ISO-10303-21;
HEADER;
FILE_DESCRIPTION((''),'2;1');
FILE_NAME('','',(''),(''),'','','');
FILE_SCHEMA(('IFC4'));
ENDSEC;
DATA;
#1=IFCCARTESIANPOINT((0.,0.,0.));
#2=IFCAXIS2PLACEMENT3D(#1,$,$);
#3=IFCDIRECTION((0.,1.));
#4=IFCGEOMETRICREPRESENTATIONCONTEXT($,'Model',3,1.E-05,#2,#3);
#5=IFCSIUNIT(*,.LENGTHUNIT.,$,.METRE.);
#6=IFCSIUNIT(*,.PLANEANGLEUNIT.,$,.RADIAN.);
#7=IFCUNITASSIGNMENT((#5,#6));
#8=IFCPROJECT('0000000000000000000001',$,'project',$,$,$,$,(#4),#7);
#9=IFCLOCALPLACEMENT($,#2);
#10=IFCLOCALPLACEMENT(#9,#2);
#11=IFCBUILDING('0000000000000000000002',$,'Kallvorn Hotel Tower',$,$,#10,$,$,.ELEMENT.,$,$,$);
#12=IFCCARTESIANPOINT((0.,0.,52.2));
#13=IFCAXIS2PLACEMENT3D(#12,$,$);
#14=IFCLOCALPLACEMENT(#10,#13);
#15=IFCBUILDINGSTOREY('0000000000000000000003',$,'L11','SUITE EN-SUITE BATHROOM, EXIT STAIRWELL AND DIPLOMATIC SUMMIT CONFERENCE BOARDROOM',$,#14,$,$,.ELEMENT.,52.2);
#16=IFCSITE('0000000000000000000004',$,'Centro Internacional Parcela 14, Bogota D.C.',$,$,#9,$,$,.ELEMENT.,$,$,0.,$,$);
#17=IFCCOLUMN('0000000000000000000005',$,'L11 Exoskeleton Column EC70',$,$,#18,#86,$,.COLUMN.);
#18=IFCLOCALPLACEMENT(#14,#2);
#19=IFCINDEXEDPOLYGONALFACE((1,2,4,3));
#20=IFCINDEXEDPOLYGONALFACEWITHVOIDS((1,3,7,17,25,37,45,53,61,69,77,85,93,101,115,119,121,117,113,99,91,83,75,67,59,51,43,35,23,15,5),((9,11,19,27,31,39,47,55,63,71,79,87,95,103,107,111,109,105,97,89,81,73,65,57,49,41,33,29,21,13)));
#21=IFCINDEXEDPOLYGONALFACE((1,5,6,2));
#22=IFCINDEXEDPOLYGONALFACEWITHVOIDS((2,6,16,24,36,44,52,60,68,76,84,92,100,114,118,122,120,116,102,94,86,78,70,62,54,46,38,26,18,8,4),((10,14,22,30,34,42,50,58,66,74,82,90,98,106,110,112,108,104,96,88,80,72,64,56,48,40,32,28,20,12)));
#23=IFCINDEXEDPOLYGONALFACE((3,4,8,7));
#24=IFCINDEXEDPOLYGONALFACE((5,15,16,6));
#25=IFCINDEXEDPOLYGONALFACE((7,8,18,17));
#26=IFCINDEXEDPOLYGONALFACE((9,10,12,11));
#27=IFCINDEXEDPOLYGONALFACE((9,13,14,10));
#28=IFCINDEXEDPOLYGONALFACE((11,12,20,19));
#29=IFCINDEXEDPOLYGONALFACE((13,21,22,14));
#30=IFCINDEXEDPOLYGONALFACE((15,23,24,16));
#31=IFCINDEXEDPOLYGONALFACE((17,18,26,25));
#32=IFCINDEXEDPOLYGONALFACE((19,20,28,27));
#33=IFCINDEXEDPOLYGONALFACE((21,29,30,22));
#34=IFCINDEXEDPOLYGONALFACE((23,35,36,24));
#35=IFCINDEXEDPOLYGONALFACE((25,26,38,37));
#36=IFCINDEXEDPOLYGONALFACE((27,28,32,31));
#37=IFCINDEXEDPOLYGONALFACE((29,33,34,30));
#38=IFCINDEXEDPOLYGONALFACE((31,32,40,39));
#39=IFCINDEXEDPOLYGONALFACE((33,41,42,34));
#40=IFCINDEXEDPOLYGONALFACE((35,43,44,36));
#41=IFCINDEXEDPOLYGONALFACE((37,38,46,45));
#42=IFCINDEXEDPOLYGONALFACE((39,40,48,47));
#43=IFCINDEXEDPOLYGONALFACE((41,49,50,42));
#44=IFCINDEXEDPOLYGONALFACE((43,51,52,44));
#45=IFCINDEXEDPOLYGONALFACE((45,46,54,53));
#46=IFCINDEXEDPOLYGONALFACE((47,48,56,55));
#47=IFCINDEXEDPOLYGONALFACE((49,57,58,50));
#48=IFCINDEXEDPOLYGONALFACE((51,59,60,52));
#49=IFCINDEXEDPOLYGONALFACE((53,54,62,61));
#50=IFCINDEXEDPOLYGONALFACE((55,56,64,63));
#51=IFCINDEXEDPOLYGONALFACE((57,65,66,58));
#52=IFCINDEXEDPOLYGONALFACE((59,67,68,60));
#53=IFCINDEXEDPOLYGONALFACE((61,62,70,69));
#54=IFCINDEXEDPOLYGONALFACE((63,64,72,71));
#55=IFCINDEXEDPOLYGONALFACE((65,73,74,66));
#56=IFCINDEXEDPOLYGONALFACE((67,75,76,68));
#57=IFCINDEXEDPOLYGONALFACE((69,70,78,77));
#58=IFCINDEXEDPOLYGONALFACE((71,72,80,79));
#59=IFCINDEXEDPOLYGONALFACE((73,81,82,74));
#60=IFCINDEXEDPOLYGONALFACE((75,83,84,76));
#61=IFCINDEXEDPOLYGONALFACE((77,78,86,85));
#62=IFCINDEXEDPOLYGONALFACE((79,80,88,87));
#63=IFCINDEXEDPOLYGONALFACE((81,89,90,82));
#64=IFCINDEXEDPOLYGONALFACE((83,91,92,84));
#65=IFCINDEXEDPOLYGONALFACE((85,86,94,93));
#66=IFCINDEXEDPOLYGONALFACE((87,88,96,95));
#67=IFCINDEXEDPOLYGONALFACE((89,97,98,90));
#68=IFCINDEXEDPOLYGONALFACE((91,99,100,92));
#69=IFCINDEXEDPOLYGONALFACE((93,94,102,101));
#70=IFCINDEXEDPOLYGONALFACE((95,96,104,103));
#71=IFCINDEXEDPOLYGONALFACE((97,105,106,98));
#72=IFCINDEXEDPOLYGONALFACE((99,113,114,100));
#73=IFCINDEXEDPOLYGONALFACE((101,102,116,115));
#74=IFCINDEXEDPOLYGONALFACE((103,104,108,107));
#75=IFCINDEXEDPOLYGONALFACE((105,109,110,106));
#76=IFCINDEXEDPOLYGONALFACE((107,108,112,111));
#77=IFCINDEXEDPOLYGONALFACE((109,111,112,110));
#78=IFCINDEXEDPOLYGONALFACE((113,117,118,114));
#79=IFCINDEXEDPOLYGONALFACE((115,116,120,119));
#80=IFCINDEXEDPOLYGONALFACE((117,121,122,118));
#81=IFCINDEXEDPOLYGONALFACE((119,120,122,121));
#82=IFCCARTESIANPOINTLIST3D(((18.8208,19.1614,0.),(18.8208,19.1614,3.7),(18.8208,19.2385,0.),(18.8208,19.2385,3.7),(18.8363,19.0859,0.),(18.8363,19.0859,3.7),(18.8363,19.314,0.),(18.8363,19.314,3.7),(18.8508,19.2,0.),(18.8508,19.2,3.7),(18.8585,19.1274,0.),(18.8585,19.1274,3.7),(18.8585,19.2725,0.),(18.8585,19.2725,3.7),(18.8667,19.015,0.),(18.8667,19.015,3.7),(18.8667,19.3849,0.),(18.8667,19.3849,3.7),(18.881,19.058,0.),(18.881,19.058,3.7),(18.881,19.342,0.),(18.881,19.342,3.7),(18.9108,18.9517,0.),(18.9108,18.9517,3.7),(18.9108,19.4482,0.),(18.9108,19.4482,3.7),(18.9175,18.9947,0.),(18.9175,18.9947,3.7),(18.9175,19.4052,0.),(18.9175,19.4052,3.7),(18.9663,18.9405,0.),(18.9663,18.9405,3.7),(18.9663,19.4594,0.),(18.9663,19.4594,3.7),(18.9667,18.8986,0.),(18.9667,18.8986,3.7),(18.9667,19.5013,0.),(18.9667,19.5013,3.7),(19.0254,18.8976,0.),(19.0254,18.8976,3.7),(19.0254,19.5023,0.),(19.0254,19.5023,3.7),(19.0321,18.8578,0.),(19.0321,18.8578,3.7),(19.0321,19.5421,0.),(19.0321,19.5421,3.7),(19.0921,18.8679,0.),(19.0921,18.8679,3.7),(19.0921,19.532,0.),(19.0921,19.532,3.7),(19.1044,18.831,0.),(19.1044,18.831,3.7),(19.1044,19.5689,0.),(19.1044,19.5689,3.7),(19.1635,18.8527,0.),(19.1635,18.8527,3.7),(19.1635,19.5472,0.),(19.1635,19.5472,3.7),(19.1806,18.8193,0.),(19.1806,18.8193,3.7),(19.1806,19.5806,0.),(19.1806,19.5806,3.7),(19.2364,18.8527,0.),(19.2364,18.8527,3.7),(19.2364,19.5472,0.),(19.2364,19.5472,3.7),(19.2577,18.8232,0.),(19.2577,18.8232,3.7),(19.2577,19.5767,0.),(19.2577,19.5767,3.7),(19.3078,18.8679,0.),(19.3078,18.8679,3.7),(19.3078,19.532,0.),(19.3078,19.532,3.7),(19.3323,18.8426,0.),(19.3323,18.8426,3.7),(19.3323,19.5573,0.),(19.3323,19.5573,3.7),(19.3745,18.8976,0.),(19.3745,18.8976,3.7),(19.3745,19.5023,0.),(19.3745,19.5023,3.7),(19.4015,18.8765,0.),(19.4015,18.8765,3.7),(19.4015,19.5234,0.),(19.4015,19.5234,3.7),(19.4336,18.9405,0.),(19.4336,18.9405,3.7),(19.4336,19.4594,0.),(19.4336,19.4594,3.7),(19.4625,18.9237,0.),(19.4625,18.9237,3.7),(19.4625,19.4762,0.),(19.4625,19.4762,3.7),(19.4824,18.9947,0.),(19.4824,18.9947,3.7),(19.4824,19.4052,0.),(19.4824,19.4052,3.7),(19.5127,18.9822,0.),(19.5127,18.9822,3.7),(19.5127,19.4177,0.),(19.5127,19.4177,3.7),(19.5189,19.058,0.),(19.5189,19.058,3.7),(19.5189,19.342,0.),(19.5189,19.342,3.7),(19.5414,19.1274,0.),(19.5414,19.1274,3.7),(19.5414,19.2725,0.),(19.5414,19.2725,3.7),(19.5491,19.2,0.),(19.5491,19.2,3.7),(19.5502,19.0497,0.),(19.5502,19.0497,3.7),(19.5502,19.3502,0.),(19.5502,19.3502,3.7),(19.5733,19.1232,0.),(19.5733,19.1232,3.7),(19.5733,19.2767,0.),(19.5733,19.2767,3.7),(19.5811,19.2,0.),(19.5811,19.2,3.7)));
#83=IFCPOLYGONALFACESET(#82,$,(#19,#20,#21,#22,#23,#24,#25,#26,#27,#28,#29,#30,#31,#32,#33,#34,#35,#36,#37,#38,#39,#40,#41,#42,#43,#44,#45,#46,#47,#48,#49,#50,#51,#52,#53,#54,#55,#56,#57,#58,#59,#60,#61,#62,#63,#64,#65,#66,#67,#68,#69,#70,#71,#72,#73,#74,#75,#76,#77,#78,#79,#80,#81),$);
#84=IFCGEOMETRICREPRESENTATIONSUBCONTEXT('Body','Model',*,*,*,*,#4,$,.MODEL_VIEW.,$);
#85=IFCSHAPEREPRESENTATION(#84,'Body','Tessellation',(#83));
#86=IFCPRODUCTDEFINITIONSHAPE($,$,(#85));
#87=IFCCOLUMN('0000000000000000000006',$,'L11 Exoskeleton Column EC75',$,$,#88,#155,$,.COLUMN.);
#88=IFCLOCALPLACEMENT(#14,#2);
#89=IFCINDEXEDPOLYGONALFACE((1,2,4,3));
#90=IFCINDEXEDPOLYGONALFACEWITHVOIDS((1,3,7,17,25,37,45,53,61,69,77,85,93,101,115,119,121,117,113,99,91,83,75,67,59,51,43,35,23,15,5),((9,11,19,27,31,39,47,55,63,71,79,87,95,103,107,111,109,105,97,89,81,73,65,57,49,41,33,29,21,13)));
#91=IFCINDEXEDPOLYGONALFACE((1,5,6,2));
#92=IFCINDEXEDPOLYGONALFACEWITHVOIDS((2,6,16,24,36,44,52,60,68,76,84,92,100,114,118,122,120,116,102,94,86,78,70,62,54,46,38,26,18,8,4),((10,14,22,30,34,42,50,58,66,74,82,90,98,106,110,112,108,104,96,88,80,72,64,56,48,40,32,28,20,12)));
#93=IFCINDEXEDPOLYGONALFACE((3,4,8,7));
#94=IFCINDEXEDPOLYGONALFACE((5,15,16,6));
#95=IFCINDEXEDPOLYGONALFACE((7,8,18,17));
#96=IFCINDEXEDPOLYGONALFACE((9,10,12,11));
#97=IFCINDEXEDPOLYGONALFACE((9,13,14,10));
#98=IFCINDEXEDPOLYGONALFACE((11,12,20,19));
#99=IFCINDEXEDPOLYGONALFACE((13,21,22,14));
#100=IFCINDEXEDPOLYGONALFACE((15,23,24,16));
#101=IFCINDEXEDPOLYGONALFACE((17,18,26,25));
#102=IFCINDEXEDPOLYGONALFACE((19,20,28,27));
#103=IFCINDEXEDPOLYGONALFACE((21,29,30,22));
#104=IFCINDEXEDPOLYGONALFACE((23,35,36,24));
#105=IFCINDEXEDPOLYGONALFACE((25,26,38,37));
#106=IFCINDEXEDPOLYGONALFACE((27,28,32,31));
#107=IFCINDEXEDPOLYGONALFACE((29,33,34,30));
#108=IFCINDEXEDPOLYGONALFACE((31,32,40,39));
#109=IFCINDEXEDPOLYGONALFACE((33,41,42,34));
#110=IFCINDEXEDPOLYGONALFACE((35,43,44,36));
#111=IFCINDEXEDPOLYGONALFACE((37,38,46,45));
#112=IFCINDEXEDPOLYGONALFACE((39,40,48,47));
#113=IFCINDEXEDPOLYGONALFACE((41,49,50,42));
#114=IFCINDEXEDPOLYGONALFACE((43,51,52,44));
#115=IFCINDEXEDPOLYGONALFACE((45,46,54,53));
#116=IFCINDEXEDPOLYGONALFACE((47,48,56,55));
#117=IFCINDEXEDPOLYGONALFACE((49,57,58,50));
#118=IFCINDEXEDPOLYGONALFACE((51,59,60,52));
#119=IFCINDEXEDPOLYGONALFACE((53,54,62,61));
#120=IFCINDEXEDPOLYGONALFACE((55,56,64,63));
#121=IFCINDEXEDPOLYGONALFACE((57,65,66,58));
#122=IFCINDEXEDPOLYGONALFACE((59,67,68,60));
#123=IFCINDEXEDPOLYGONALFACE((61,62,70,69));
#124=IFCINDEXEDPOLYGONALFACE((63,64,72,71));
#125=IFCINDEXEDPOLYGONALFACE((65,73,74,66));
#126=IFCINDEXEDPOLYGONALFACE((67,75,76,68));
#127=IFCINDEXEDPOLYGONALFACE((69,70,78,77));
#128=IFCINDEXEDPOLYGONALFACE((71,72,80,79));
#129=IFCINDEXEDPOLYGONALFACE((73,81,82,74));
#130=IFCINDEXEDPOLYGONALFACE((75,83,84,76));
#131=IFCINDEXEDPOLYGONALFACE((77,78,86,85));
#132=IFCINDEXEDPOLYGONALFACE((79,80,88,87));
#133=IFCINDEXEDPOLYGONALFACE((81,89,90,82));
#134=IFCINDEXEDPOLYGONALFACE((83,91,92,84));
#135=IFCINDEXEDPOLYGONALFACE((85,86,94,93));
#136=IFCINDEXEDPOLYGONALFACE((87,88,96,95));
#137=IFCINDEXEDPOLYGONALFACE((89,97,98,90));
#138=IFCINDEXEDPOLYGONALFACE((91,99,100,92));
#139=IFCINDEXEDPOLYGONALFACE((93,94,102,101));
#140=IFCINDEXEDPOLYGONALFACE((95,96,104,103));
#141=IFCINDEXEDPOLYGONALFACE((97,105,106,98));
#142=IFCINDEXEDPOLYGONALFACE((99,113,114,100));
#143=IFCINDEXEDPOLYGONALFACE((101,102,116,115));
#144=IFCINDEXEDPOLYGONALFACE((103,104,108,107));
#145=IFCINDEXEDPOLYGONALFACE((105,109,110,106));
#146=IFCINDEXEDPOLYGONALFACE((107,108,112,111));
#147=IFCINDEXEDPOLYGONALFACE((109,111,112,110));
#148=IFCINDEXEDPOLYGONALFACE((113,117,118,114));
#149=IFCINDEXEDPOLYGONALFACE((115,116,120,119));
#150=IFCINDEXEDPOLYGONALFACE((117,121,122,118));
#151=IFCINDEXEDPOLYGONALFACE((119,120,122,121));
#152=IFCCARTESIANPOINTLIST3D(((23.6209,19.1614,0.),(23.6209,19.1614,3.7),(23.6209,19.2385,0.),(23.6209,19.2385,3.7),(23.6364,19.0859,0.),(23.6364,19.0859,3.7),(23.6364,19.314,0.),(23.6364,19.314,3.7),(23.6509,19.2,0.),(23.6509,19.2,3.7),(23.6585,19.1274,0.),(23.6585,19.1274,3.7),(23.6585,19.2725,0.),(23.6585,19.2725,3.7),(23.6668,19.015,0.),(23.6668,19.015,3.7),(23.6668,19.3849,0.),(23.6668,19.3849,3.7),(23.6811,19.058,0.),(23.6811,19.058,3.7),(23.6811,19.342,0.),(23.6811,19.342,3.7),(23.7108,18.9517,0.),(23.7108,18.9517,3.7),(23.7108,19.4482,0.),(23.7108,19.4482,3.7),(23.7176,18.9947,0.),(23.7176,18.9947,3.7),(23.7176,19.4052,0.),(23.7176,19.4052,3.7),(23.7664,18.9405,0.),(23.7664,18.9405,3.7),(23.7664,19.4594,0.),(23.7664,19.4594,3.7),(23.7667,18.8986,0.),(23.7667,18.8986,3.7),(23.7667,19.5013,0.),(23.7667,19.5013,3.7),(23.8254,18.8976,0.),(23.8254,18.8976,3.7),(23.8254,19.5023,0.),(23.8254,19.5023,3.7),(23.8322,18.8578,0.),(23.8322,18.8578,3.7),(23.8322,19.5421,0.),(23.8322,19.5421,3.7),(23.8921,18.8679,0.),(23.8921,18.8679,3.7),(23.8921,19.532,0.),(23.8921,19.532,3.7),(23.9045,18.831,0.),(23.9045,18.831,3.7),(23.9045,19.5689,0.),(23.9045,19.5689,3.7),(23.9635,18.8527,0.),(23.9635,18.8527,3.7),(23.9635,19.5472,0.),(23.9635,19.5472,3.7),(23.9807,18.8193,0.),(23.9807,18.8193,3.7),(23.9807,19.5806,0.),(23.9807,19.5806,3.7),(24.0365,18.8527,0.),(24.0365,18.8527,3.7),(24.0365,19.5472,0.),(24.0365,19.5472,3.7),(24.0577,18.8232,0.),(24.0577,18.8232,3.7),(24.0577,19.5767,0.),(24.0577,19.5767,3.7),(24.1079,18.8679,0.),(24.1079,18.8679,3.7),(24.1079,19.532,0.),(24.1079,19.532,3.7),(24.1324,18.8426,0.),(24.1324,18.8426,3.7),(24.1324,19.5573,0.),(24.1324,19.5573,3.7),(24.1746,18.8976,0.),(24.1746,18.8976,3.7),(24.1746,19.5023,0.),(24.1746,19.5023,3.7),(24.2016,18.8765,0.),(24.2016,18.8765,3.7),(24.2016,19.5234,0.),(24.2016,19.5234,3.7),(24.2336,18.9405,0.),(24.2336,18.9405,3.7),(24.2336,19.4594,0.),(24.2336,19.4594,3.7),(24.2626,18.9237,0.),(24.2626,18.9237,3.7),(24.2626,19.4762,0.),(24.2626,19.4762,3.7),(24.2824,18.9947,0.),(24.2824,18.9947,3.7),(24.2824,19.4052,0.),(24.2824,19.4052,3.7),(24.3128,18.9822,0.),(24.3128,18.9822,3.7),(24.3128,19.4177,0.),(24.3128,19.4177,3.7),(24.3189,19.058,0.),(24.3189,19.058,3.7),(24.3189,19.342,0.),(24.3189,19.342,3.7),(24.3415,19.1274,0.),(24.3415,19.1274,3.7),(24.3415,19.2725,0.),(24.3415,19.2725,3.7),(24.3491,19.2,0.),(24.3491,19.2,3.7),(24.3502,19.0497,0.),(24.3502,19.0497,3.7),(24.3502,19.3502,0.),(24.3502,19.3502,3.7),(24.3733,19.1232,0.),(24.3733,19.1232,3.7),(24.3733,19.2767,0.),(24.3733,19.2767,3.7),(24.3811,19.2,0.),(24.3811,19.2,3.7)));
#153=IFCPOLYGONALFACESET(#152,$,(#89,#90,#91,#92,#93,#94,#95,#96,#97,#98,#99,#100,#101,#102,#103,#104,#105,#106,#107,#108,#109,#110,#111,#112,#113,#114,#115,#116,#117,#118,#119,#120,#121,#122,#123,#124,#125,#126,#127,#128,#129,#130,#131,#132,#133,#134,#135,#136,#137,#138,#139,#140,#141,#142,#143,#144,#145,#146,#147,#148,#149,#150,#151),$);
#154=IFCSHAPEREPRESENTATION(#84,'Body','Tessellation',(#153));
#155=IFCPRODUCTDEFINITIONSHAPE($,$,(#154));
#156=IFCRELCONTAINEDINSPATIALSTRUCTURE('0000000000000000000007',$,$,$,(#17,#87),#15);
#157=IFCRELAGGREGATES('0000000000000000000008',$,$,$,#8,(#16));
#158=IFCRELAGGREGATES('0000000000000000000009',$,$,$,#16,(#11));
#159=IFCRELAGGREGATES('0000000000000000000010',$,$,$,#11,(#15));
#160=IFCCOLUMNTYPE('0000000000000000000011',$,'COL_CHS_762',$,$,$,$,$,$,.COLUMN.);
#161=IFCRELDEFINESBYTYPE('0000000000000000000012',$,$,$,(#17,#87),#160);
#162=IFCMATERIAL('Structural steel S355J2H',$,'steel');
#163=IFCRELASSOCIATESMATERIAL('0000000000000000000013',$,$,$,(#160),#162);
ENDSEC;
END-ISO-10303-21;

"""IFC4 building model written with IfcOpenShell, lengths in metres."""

from ifc_helpers import new_model, si_unit, direction, frame, origin, origin_2d, place, context, subcontext, project, spatial, hollow_circle, extrude, material, material_profile, profile_set, type_object, element, save


model = new_model("IFC4")

# Units and contexts
model_context = context("Model", 3, precision=1e-05, world=origin(), true_north=direction((0.0, 1.0)))
body_context = subcontext(model_context, "Body", "Model", "MODEL_VIEW")
ifc_project = project(units=[si_unit("LENGTHUNIT", "METRE"), si_unit("PLANEANGLEUNIT", "RADIAN")], contexts=[model_context])

# Site, building, storey
site_placement = place(None, origin())
site = spatial("IfcSite", under=ifc_project, at=site_placement, Name="Centro Internacional Parcela 14, Bogota D.C.", CompositionType="ELEMENT", RefElevation=0.0)
building_placement = place(site_placement, origin())
building = spatial("IfcBuilding", under=site, at=building_placement, Name="Kallvorn Hotel Tower", CompositionType="ELEMENT")
storey_placement = place(building_placement, frame((0.0, 0.0, 52.2)))
storey = spatial("IfcBuildingStorey", under=building, at=storey_placement, Name="L11", Description="SUITE EN-SUITE BATHROOM, EXIT STAIRWELL AND DIPLOMATIC SUMMIT CONFERENCE BOARDROOM", CompositionType="ELEMENT", Elevation=52.2)

# Columns
ifc_material_1 = material(Name="Structural steel S355J2H", Category="steel")
ifc_material_profile_1 = material_profile(ifc_material_1, hollow_circle(Radius=0.3811, WallThickness=0.032, at=origin_2d()), Name="CHS 762x32")
ifc_profile_set_1 = profile_set([ifc_material_profile_1], Name="Structural steel S355J2H")
column_type_1 = type_object("IfcColumnType", Name="COL_CHS_762", PredefinedType="COLUMN", material=ifc_profile_set_1)
for number, where, z_axis, x_axis, name in (
    (1, (19.2, 19.2, 0.0), (0.0, 0.0, 1.0), (1.0, 0.0, 0.0), "L11 Exoskeleton Column EC70"),
    (2, (24.0, 19.2, 0.0), (0.0, 0.0, 1.0), (1.0, 0.0, 0.0), "L11 Exoskeleton Column EC75"),
):
    element("IfcColumn", number, at=place(storey_placement, frame(where, z_axis=z_axis, x_axis=x_axis)), inside=storey, type_object=column_type_1, Name=name, PredefinedType="COLUMN", context=body_context, shape_type="SweptSolid", body=[
        extrude(hollow_circle(Radius=0.3811, WallThickness=0.032, at=origin_2d()), origin(), (0.0, 0.0, 1.0), 3.7),
    ])

save(model, "model.ifc")
